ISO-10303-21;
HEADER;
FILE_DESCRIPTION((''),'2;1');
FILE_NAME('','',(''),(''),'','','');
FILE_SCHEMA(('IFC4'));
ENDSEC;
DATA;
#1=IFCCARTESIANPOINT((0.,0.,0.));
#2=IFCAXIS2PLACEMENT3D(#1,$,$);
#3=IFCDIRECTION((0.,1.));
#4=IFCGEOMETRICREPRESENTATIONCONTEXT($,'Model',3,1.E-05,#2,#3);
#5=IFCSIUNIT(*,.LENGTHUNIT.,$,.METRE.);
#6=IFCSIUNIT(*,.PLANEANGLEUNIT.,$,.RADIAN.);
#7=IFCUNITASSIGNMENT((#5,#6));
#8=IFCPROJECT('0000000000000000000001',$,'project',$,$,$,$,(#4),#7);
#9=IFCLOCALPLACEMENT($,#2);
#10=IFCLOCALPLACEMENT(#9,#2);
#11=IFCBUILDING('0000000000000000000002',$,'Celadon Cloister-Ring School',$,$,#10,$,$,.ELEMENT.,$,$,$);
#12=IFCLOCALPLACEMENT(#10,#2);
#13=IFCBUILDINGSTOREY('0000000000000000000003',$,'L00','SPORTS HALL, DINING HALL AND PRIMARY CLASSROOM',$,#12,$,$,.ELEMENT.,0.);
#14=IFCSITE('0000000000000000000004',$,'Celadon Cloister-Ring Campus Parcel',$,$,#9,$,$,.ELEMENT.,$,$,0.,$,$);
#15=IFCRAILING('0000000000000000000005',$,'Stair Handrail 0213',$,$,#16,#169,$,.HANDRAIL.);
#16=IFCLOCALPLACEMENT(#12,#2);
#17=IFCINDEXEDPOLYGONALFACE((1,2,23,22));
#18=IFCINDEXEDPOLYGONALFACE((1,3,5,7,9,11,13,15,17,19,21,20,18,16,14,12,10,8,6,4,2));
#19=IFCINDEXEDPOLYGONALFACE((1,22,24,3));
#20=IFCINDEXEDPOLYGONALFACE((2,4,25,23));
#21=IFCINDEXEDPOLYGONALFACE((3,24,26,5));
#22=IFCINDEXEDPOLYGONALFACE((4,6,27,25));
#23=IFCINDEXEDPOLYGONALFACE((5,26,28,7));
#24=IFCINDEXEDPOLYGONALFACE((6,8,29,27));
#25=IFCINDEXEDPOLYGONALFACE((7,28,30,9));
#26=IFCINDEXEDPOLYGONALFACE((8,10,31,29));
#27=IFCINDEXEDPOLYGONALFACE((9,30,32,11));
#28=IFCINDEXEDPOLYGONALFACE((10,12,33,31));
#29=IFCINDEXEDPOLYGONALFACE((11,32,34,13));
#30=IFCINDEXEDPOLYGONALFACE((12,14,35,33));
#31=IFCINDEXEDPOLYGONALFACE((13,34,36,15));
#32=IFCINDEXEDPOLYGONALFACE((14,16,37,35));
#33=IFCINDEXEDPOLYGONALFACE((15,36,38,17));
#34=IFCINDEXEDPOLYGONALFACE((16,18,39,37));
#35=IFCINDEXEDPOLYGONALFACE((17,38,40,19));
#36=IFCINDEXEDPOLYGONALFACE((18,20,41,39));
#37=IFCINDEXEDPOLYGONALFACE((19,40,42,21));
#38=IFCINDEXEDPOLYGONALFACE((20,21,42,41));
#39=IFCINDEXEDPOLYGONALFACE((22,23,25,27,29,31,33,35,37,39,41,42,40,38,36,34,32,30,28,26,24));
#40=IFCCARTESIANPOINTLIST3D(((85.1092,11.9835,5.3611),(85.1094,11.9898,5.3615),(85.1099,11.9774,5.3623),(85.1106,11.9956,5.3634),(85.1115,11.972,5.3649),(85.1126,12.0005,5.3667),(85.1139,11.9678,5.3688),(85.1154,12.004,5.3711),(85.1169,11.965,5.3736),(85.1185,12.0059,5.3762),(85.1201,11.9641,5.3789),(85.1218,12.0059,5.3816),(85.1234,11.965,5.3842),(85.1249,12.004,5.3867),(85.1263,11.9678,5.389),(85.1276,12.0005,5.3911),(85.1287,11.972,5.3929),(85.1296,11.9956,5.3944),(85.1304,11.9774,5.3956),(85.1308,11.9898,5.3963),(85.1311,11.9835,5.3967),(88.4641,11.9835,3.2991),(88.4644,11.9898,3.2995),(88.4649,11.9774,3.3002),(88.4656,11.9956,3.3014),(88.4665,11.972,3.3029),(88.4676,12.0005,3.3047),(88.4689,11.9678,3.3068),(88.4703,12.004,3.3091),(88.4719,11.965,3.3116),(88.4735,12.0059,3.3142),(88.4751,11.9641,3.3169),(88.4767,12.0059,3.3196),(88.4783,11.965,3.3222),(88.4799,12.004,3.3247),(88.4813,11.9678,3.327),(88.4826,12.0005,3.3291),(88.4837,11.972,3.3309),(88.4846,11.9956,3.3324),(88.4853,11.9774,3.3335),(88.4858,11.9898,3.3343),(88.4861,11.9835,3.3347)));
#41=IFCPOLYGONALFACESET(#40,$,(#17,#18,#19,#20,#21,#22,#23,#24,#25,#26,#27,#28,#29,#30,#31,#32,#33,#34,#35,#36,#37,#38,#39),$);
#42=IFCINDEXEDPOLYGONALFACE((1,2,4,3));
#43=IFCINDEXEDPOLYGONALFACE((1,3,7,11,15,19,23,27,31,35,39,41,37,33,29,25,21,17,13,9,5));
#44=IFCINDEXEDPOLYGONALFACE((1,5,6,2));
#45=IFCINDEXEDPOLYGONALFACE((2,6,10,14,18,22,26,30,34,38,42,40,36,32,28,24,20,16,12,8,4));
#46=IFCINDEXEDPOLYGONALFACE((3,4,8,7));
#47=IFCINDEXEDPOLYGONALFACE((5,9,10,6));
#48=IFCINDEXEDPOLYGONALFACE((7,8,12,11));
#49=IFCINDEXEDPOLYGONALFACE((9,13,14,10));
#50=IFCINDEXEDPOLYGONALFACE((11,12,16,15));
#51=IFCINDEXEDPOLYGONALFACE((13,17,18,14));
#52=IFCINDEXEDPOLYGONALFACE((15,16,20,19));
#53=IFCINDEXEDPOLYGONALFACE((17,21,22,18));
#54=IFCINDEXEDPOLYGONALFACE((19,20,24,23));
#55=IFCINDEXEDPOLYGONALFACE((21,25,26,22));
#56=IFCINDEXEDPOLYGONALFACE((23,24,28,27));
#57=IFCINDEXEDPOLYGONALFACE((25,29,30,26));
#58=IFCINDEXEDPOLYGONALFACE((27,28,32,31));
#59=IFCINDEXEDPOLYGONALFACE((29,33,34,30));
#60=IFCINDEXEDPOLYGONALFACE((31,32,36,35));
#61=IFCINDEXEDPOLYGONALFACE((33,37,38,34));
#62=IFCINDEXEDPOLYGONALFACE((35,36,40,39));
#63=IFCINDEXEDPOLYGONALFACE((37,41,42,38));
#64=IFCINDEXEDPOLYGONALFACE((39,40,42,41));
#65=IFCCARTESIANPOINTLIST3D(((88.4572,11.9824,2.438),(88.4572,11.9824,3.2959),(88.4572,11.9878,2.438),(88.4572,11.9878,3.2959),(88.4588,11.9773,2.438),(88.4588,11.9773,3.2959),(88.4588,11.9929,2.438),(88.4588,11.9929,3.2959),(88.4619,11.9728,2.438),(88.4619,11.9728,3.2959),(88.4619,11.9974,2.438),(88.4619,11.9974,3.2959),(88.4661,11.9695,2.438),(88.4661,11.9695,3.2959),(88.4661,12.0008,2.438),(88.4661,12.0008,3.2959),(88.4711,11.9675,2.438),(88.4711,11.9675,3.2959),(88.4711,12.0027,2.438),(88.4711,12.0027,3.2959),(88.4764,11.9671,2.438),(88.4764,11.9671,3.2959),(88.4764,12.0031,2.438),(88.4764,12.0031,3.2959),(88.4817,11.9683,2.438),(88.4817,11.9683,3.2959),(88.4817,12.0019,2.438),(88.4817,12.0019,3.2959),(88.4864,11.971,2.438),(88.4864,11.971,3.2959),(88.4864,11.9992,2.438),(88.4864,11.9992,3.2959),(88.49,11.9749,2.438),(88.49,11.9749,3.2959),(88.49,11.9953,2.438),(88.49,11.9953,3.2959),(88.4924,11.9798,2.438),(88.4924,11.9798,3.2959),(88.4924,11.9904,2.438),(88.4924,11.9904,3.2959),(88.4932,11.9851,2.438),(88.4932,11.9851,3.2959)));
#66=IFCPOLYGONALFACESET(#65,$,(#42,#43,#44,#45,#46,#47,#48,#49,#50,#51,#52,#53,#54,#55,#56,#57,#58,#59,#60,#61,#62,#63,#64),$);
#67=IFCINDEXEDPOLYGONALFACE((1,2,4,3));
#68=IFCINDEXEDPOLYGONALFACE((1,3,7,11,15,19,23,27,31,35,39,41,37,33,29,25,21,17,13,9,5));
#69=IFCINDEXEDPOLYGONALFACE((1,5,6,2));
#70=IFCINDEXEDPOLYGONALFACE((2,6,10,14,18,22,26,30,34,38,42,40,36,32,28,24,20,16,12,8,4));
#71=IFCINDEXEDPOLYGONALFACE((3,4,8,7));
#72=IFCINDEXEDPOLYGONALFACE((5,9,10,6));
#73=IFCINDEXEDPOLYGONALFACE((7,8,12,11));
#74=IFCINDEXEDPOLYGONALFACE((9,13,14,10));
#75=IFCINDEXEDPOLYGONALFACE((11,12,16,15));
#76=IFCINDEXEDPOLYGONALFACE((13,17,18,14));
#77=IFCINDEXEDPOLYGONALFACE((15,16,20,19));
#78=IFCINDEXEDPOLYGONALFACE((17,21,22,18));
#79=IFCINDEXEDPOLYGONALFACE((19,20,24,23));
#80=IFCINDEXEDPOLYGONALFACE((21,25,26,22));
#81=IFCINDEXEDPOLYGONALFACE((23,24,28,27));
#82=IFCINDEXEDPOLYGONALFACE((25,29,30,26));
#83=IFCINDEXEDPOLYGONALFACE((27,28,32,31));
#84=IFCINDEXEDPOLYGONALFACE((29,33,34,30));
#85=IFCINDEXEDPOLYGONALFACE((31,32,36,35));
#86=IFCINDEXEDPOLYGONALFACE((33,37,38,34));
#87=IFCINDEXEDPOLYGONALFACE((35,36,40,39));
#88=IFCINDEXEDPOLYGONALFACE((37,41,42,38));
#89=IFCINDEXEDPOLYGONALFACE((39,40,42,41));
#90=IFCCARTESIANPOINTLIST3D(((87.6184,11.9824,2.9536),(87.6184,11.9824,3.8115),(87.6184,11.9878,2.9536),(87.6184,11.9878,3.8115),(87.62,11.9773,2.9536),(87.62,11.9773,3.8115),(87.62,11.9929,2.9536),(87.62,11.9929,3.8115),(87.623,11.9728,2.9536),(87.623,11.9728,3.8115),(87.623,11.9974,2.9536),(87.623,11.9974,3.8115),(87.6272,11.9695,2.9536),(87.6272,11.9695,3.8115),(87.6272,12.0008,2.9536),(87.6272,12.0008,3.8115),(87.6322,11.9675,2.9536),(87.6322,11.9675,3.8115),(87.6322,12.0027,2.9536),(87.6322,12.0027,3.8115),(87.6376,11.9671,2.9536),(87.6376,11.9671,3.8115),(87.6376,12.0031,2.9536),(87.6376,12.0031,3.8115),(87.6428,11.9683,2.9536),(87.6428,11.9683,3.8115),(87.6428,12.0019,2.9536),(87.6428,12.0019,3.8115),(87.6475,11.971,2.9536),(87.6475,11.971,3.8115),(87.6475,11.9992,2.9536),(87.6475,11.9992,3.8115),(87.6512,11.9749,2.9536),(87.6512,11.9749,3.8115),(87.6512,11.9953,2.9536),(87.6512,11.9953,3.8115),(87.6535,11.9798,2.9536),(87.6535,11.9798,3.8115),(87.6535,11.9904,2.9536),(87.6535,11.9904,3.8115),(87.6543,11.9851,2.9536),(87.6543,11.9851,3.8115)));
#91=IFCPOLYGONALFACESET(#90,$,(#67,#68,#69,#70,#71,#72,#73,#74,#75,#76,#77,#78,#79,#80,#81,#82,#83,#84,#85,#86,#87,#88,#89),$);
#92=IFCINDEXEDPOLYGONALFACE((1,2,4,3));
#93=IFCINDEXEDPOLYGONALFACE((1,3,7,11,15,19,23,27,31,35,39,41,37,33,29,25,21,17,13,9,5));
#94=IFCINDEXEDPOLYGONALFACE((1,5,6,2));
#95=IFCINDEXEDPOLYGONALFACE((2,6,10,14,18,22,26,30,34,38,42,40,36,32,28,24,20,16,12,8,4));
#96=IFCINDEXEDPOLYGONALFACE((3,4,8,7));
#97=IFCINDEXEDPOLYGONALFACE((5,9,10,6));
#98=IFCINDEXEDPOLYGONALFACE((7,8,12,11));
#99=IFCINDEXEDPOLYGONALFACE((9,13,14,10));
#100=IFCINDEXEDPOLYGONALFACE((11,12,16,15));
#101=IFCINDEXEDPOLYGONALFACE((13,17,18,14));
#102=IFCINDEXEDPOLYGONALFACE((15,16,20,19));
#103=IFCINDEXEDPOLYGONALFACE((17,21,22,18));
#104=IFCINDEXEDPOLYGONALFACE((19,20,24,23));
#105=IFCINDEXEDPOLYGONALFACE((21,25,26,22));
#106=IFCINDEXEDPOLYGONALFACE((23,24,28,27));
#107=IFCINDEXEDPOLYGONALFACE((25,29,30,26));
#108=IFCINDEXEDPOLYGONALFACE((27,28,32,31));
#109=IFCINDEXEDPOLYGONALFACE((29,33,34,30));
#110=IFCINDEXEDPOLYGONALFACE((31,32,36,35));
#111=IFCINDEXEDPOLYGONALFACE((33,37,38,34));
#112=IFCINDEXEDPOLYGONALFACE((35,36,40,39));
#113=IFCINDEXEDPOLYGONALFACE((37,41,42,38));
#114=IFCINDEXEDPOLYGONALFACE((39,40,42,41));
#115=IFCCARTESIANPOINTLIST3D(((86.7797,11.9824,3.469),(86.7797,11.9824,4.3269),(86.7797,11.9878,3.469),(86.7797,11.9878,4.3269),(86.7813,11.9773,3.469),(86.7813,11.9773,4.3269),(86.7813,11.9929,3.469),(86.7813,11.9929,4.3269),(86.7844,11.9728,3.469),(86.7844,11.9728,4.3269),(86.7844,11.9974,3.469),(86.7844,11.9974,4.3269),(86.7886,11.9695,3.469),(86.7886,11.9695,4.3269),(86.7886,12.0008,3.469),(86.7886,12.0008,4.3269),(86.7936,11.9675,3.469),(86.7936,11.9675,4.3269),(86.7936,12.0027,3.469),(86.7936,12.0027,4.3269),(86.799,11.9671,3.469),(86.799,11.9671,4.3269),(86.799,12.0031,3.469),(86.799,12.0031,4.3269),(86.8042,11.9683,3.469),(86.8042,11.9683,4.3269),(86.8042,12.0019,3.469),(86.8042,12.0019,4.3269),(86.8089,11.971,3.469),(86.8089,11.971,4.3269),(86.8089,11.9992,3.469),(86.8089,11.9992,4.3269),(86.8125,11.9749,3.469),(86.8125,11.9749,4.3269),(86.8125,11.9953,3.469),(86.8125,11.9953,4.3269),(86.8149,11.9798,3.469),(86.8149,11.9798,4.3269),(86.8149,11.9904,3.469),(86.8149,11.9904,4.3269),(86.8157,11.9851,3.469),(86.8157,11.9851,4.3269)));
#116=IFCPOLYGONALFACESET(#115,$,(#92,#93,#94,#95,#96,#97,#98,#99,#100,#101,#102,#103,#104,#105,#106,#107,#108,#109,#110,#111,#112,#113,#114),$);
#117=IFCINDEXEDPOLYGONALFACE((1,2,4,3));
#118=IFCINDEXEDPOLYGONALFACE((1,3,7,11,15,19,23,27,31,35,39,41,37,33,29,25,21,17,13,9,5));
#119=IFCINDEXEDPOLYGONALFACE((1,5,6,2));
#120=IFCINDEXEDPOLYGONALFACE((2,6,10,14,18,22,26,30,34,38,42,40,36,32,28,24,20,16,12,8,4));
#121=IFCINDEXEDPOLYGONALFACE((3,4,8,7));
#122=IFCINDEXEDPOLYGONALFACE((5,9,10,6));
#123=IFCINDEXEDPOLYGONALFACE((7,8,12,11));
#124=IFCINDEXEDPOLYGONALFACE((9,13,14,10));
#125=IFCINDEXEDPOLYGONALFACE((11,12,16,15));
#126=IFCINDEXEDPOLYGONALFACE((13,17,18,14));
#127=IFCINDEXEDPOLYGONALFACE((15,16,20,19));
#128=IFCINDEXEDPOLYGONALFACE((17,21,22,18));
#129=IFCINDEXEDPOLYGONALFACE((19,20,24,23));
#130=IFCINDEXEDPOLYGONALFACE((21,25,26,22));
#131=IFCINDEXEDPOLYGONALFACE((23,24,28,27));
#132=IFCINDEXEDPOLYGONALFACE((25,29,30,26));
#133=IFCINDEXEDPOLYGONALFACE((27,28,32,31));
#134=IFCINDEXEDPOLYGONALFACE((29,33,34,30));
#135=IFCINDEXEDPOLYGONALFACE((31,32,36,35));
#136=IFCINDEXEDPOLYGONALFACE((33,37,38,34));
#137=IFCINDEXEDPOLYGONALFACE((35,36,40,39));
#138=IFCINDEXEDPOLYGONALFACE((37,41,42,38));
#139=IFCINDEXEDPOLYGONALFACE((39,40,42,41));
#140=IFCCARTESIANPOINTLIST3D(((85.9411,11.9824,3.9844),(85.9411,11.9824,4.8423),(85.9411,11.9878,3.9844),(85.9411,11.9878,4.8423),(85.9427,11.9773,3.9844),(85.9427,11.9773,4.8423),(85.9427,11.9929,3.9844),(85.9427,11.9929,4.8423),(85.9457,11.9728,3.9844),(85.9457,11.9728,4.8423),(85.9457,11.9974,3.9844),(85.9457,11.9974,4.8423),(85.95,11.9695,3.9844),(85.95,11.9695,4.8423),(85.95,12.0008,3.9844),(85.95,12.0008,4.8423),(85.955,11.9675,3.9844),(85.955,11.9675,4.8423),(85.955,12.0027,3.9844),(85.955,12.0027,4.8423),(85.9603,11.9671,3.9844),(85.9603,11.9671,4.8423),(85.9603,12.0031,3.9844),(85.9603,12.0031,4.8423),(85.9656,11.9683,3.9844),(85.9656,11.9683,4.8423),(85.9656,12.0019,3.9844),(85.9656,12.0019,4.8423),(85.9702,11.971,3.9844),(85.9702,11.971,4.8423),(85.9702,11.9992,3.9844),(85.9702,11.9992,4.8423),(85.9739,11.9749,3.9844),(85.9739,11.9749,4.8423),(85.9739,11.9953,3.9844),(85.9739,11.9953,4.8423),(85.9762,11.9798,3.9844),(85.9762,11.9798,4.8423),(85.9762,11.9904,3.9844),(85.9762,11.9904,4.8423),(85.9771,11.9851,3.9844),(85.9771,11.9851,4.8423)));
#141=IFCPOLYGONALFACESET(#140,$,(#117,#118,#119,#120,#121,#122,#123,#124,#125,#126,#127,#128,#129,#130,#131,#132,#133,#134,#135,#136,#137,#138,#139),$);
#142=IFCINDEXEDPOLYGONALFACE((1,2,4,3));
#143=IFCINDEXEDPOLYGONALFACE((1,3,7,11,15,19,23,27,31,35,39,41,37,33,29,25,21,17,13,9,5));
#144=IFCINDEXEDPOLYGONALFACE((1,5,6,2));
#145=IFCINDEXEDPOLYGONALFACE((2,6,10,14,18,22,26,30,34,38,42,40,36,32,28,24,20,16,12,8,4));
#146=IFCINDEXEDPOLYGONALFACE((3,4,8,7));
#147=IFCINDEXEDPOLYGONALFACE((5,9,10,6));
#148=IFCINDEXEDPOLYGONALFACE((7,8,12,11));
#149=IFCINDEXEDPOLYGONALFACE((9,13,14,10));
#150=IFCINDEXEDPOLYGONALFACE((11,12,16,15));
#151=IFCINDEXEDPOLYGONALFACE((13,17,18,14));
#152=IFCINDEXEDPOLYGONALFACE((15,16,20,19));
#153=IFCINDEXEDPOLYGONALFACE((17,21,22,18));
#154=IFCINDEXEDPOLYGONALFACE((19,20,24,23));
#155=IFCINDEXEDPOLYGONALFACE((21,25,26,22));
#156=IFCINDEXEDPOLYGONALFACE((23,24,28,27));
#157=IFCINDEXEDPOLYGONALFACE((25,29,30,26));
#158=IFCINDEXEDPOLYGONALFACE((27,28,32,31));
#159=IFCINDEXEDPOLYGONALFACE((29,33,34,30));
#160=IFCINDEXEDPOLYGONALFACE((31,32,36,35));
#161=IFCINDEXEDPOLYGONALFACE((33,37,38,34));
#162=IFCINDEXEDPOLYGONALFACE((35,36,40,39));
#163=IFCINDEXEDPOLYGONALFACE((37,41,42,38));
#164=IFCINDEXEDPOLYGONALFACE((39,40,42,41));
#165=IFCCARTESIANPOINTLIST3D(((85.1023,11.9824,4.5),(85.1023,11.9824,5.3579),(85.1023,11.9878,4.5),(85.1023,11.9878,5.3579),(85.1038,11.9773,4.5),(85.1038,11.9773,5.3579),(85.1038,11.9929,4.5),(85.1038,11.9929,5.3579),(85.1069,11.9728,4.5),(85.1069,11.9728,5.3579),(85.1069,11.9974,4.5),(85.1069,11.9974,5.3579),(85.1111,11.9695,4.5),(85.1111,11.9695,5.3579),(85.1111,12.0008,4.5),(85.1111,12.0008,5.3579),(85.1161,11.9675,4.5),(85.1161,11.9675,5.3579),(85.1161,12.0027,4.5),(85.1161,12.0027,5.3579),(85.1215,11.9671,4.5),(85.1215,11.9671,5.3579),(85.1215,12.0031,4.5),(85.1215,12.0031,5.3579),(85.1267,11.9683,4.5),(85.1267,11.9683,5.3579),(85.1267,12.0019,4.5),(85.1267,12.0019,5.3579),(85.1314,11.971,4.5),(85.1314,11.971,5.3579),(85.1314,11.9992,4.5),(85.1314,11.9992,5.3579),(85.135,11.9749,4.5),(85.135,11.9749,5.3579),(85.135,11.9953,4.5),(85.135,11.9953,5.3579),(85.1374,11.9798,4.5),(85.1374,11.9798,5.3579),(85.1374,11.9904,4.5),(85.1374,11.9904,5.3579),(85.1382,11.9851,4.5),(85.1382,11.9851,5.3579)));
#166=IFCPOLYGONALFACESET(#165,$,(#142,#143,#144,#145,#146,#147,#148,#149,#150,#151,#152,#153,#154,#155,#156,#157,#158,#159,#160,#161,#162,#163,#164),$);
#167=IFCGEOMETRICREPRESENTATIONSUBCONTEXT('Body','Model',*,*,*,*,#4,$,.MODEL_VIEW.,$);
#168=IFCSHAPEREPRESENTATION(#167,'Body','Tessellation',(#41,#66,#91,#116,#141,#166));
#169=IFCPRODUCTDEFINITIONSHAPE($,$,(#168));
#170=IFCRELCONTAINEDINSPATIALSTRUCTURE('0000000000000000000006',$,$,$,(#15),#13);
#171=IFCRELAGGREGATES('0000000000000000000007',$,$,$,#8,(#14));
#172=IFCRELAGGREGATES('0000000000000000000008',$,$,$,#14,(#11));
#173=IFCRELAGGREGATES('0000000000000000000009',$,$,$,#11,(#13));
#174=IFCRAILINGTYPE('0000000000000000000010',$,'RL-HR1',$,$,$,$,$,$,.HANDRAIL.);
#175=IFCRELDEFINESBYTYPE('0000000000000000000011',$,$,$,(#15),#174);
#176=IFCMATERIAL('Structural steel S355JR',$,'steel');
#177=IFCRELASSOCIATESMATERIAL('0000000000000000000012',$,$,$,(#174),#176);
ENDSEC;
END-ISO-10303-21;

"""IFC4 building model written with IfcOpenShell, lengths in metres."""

from ifc_helpers import new_model, si_unit, direction, frame, origin, origin_2d, place, context, subcontext, project, spatial, circle, extrude, material, type_object, element, save


model = new_model("IFC4")

# Units and contexts
model_context = context("Model", 3, precision=1e-05, world=origin(), true_north=direction((0.0, 1.0)))
body_context = subcontext(model_context, "Body", "Model", "MODEL_VIEW")
ifc_project = project(units=[si_unit("LENGTHUNIT", "METRE"), si_unit("PLANEANGLEUNIT", "RADIAN")], contexts=[model_context])

# Site, building, storey
site_placement = place(None, origin())
site = spatial("IfcSite", under=ifc_project, at=site_placement, Name="Celadon Cloister-Ring Campus Parcel", CompositionType="ELEMENT", RefElevation=0.0)
building_placement = place(site_placement, origin())
building = spatial("IfcBuilding", under=site, at=building_placement, Name="Celadon Cloister-Ring School", CompositionType="ELEMENT")
storey_placement = place(building_placement, origin())
storey = spatial("IfcBuildingStorey", under=building, at=storey_placement, Name="L00", Description="SPORTS HALL, DINING HALL AND PRIMARY CLASSROOM", CompositionType="ELEMENT", Elevation=0.0)

# Railing
ifc_material_1 = material(Name="Structural steel S355JR", Category="steel")
railing_type_1 = type_object("IfcRailingType", Name="RL-HR1", PredefinedType="HANDRAIL", material=ifc_material_1)
for number, where, name in (
    (1, (88.4751, 11.9851, 2.438), "Stair Handrail 0213"),
):
    element("IfcRailing", number, at=place(storey_placement, frame(where)), inside=storey, type_object=railing_type_1, Name=name, PredefinedType="HANDRAIL", context=body_context, shape_type="SweptSolid", body=[
        extrude(circle(Radius=0.021, at=origin_2d()), frame((0.0, 0.0, 0.8789), z_axis=(-0.851952, 0.0, 0.52362), x_axis=(0.0, -1.0, 0.0)), (0.0, 0.0, 1.0), 3.938),
        extrude(circle(Radius=0.0181, at=origin_2d()), origin(), (0.0, 0.0, 1.0), 0.8579),
        extrude(circle(Radius=0.0181, at=origin_2d()), frame((-0.8389, 0.0, 0.5156)), (0.0, 0.0, 1.0), 0.8579),
        extrude(circle(Radius=0.0181, at=origin_2d()), frame((-1.6775, 0.0, 1.031)), (0.0, 0.0, 1.0), 0.8579),
        extrude(circle(Radius=0.0181, at=origin_2d()), frame((-2.5161, 0.0, 1.5464)), (0.0, 0.0, 1.0), 0.8579),
        extrude(circle(Radius=0.0181, at=origin_2d()), frame((-3.355, 0.0, 2.062)), (0.0, 0.0, 1.0), 0.8579),
    ])

save(model, "model.ifc")
